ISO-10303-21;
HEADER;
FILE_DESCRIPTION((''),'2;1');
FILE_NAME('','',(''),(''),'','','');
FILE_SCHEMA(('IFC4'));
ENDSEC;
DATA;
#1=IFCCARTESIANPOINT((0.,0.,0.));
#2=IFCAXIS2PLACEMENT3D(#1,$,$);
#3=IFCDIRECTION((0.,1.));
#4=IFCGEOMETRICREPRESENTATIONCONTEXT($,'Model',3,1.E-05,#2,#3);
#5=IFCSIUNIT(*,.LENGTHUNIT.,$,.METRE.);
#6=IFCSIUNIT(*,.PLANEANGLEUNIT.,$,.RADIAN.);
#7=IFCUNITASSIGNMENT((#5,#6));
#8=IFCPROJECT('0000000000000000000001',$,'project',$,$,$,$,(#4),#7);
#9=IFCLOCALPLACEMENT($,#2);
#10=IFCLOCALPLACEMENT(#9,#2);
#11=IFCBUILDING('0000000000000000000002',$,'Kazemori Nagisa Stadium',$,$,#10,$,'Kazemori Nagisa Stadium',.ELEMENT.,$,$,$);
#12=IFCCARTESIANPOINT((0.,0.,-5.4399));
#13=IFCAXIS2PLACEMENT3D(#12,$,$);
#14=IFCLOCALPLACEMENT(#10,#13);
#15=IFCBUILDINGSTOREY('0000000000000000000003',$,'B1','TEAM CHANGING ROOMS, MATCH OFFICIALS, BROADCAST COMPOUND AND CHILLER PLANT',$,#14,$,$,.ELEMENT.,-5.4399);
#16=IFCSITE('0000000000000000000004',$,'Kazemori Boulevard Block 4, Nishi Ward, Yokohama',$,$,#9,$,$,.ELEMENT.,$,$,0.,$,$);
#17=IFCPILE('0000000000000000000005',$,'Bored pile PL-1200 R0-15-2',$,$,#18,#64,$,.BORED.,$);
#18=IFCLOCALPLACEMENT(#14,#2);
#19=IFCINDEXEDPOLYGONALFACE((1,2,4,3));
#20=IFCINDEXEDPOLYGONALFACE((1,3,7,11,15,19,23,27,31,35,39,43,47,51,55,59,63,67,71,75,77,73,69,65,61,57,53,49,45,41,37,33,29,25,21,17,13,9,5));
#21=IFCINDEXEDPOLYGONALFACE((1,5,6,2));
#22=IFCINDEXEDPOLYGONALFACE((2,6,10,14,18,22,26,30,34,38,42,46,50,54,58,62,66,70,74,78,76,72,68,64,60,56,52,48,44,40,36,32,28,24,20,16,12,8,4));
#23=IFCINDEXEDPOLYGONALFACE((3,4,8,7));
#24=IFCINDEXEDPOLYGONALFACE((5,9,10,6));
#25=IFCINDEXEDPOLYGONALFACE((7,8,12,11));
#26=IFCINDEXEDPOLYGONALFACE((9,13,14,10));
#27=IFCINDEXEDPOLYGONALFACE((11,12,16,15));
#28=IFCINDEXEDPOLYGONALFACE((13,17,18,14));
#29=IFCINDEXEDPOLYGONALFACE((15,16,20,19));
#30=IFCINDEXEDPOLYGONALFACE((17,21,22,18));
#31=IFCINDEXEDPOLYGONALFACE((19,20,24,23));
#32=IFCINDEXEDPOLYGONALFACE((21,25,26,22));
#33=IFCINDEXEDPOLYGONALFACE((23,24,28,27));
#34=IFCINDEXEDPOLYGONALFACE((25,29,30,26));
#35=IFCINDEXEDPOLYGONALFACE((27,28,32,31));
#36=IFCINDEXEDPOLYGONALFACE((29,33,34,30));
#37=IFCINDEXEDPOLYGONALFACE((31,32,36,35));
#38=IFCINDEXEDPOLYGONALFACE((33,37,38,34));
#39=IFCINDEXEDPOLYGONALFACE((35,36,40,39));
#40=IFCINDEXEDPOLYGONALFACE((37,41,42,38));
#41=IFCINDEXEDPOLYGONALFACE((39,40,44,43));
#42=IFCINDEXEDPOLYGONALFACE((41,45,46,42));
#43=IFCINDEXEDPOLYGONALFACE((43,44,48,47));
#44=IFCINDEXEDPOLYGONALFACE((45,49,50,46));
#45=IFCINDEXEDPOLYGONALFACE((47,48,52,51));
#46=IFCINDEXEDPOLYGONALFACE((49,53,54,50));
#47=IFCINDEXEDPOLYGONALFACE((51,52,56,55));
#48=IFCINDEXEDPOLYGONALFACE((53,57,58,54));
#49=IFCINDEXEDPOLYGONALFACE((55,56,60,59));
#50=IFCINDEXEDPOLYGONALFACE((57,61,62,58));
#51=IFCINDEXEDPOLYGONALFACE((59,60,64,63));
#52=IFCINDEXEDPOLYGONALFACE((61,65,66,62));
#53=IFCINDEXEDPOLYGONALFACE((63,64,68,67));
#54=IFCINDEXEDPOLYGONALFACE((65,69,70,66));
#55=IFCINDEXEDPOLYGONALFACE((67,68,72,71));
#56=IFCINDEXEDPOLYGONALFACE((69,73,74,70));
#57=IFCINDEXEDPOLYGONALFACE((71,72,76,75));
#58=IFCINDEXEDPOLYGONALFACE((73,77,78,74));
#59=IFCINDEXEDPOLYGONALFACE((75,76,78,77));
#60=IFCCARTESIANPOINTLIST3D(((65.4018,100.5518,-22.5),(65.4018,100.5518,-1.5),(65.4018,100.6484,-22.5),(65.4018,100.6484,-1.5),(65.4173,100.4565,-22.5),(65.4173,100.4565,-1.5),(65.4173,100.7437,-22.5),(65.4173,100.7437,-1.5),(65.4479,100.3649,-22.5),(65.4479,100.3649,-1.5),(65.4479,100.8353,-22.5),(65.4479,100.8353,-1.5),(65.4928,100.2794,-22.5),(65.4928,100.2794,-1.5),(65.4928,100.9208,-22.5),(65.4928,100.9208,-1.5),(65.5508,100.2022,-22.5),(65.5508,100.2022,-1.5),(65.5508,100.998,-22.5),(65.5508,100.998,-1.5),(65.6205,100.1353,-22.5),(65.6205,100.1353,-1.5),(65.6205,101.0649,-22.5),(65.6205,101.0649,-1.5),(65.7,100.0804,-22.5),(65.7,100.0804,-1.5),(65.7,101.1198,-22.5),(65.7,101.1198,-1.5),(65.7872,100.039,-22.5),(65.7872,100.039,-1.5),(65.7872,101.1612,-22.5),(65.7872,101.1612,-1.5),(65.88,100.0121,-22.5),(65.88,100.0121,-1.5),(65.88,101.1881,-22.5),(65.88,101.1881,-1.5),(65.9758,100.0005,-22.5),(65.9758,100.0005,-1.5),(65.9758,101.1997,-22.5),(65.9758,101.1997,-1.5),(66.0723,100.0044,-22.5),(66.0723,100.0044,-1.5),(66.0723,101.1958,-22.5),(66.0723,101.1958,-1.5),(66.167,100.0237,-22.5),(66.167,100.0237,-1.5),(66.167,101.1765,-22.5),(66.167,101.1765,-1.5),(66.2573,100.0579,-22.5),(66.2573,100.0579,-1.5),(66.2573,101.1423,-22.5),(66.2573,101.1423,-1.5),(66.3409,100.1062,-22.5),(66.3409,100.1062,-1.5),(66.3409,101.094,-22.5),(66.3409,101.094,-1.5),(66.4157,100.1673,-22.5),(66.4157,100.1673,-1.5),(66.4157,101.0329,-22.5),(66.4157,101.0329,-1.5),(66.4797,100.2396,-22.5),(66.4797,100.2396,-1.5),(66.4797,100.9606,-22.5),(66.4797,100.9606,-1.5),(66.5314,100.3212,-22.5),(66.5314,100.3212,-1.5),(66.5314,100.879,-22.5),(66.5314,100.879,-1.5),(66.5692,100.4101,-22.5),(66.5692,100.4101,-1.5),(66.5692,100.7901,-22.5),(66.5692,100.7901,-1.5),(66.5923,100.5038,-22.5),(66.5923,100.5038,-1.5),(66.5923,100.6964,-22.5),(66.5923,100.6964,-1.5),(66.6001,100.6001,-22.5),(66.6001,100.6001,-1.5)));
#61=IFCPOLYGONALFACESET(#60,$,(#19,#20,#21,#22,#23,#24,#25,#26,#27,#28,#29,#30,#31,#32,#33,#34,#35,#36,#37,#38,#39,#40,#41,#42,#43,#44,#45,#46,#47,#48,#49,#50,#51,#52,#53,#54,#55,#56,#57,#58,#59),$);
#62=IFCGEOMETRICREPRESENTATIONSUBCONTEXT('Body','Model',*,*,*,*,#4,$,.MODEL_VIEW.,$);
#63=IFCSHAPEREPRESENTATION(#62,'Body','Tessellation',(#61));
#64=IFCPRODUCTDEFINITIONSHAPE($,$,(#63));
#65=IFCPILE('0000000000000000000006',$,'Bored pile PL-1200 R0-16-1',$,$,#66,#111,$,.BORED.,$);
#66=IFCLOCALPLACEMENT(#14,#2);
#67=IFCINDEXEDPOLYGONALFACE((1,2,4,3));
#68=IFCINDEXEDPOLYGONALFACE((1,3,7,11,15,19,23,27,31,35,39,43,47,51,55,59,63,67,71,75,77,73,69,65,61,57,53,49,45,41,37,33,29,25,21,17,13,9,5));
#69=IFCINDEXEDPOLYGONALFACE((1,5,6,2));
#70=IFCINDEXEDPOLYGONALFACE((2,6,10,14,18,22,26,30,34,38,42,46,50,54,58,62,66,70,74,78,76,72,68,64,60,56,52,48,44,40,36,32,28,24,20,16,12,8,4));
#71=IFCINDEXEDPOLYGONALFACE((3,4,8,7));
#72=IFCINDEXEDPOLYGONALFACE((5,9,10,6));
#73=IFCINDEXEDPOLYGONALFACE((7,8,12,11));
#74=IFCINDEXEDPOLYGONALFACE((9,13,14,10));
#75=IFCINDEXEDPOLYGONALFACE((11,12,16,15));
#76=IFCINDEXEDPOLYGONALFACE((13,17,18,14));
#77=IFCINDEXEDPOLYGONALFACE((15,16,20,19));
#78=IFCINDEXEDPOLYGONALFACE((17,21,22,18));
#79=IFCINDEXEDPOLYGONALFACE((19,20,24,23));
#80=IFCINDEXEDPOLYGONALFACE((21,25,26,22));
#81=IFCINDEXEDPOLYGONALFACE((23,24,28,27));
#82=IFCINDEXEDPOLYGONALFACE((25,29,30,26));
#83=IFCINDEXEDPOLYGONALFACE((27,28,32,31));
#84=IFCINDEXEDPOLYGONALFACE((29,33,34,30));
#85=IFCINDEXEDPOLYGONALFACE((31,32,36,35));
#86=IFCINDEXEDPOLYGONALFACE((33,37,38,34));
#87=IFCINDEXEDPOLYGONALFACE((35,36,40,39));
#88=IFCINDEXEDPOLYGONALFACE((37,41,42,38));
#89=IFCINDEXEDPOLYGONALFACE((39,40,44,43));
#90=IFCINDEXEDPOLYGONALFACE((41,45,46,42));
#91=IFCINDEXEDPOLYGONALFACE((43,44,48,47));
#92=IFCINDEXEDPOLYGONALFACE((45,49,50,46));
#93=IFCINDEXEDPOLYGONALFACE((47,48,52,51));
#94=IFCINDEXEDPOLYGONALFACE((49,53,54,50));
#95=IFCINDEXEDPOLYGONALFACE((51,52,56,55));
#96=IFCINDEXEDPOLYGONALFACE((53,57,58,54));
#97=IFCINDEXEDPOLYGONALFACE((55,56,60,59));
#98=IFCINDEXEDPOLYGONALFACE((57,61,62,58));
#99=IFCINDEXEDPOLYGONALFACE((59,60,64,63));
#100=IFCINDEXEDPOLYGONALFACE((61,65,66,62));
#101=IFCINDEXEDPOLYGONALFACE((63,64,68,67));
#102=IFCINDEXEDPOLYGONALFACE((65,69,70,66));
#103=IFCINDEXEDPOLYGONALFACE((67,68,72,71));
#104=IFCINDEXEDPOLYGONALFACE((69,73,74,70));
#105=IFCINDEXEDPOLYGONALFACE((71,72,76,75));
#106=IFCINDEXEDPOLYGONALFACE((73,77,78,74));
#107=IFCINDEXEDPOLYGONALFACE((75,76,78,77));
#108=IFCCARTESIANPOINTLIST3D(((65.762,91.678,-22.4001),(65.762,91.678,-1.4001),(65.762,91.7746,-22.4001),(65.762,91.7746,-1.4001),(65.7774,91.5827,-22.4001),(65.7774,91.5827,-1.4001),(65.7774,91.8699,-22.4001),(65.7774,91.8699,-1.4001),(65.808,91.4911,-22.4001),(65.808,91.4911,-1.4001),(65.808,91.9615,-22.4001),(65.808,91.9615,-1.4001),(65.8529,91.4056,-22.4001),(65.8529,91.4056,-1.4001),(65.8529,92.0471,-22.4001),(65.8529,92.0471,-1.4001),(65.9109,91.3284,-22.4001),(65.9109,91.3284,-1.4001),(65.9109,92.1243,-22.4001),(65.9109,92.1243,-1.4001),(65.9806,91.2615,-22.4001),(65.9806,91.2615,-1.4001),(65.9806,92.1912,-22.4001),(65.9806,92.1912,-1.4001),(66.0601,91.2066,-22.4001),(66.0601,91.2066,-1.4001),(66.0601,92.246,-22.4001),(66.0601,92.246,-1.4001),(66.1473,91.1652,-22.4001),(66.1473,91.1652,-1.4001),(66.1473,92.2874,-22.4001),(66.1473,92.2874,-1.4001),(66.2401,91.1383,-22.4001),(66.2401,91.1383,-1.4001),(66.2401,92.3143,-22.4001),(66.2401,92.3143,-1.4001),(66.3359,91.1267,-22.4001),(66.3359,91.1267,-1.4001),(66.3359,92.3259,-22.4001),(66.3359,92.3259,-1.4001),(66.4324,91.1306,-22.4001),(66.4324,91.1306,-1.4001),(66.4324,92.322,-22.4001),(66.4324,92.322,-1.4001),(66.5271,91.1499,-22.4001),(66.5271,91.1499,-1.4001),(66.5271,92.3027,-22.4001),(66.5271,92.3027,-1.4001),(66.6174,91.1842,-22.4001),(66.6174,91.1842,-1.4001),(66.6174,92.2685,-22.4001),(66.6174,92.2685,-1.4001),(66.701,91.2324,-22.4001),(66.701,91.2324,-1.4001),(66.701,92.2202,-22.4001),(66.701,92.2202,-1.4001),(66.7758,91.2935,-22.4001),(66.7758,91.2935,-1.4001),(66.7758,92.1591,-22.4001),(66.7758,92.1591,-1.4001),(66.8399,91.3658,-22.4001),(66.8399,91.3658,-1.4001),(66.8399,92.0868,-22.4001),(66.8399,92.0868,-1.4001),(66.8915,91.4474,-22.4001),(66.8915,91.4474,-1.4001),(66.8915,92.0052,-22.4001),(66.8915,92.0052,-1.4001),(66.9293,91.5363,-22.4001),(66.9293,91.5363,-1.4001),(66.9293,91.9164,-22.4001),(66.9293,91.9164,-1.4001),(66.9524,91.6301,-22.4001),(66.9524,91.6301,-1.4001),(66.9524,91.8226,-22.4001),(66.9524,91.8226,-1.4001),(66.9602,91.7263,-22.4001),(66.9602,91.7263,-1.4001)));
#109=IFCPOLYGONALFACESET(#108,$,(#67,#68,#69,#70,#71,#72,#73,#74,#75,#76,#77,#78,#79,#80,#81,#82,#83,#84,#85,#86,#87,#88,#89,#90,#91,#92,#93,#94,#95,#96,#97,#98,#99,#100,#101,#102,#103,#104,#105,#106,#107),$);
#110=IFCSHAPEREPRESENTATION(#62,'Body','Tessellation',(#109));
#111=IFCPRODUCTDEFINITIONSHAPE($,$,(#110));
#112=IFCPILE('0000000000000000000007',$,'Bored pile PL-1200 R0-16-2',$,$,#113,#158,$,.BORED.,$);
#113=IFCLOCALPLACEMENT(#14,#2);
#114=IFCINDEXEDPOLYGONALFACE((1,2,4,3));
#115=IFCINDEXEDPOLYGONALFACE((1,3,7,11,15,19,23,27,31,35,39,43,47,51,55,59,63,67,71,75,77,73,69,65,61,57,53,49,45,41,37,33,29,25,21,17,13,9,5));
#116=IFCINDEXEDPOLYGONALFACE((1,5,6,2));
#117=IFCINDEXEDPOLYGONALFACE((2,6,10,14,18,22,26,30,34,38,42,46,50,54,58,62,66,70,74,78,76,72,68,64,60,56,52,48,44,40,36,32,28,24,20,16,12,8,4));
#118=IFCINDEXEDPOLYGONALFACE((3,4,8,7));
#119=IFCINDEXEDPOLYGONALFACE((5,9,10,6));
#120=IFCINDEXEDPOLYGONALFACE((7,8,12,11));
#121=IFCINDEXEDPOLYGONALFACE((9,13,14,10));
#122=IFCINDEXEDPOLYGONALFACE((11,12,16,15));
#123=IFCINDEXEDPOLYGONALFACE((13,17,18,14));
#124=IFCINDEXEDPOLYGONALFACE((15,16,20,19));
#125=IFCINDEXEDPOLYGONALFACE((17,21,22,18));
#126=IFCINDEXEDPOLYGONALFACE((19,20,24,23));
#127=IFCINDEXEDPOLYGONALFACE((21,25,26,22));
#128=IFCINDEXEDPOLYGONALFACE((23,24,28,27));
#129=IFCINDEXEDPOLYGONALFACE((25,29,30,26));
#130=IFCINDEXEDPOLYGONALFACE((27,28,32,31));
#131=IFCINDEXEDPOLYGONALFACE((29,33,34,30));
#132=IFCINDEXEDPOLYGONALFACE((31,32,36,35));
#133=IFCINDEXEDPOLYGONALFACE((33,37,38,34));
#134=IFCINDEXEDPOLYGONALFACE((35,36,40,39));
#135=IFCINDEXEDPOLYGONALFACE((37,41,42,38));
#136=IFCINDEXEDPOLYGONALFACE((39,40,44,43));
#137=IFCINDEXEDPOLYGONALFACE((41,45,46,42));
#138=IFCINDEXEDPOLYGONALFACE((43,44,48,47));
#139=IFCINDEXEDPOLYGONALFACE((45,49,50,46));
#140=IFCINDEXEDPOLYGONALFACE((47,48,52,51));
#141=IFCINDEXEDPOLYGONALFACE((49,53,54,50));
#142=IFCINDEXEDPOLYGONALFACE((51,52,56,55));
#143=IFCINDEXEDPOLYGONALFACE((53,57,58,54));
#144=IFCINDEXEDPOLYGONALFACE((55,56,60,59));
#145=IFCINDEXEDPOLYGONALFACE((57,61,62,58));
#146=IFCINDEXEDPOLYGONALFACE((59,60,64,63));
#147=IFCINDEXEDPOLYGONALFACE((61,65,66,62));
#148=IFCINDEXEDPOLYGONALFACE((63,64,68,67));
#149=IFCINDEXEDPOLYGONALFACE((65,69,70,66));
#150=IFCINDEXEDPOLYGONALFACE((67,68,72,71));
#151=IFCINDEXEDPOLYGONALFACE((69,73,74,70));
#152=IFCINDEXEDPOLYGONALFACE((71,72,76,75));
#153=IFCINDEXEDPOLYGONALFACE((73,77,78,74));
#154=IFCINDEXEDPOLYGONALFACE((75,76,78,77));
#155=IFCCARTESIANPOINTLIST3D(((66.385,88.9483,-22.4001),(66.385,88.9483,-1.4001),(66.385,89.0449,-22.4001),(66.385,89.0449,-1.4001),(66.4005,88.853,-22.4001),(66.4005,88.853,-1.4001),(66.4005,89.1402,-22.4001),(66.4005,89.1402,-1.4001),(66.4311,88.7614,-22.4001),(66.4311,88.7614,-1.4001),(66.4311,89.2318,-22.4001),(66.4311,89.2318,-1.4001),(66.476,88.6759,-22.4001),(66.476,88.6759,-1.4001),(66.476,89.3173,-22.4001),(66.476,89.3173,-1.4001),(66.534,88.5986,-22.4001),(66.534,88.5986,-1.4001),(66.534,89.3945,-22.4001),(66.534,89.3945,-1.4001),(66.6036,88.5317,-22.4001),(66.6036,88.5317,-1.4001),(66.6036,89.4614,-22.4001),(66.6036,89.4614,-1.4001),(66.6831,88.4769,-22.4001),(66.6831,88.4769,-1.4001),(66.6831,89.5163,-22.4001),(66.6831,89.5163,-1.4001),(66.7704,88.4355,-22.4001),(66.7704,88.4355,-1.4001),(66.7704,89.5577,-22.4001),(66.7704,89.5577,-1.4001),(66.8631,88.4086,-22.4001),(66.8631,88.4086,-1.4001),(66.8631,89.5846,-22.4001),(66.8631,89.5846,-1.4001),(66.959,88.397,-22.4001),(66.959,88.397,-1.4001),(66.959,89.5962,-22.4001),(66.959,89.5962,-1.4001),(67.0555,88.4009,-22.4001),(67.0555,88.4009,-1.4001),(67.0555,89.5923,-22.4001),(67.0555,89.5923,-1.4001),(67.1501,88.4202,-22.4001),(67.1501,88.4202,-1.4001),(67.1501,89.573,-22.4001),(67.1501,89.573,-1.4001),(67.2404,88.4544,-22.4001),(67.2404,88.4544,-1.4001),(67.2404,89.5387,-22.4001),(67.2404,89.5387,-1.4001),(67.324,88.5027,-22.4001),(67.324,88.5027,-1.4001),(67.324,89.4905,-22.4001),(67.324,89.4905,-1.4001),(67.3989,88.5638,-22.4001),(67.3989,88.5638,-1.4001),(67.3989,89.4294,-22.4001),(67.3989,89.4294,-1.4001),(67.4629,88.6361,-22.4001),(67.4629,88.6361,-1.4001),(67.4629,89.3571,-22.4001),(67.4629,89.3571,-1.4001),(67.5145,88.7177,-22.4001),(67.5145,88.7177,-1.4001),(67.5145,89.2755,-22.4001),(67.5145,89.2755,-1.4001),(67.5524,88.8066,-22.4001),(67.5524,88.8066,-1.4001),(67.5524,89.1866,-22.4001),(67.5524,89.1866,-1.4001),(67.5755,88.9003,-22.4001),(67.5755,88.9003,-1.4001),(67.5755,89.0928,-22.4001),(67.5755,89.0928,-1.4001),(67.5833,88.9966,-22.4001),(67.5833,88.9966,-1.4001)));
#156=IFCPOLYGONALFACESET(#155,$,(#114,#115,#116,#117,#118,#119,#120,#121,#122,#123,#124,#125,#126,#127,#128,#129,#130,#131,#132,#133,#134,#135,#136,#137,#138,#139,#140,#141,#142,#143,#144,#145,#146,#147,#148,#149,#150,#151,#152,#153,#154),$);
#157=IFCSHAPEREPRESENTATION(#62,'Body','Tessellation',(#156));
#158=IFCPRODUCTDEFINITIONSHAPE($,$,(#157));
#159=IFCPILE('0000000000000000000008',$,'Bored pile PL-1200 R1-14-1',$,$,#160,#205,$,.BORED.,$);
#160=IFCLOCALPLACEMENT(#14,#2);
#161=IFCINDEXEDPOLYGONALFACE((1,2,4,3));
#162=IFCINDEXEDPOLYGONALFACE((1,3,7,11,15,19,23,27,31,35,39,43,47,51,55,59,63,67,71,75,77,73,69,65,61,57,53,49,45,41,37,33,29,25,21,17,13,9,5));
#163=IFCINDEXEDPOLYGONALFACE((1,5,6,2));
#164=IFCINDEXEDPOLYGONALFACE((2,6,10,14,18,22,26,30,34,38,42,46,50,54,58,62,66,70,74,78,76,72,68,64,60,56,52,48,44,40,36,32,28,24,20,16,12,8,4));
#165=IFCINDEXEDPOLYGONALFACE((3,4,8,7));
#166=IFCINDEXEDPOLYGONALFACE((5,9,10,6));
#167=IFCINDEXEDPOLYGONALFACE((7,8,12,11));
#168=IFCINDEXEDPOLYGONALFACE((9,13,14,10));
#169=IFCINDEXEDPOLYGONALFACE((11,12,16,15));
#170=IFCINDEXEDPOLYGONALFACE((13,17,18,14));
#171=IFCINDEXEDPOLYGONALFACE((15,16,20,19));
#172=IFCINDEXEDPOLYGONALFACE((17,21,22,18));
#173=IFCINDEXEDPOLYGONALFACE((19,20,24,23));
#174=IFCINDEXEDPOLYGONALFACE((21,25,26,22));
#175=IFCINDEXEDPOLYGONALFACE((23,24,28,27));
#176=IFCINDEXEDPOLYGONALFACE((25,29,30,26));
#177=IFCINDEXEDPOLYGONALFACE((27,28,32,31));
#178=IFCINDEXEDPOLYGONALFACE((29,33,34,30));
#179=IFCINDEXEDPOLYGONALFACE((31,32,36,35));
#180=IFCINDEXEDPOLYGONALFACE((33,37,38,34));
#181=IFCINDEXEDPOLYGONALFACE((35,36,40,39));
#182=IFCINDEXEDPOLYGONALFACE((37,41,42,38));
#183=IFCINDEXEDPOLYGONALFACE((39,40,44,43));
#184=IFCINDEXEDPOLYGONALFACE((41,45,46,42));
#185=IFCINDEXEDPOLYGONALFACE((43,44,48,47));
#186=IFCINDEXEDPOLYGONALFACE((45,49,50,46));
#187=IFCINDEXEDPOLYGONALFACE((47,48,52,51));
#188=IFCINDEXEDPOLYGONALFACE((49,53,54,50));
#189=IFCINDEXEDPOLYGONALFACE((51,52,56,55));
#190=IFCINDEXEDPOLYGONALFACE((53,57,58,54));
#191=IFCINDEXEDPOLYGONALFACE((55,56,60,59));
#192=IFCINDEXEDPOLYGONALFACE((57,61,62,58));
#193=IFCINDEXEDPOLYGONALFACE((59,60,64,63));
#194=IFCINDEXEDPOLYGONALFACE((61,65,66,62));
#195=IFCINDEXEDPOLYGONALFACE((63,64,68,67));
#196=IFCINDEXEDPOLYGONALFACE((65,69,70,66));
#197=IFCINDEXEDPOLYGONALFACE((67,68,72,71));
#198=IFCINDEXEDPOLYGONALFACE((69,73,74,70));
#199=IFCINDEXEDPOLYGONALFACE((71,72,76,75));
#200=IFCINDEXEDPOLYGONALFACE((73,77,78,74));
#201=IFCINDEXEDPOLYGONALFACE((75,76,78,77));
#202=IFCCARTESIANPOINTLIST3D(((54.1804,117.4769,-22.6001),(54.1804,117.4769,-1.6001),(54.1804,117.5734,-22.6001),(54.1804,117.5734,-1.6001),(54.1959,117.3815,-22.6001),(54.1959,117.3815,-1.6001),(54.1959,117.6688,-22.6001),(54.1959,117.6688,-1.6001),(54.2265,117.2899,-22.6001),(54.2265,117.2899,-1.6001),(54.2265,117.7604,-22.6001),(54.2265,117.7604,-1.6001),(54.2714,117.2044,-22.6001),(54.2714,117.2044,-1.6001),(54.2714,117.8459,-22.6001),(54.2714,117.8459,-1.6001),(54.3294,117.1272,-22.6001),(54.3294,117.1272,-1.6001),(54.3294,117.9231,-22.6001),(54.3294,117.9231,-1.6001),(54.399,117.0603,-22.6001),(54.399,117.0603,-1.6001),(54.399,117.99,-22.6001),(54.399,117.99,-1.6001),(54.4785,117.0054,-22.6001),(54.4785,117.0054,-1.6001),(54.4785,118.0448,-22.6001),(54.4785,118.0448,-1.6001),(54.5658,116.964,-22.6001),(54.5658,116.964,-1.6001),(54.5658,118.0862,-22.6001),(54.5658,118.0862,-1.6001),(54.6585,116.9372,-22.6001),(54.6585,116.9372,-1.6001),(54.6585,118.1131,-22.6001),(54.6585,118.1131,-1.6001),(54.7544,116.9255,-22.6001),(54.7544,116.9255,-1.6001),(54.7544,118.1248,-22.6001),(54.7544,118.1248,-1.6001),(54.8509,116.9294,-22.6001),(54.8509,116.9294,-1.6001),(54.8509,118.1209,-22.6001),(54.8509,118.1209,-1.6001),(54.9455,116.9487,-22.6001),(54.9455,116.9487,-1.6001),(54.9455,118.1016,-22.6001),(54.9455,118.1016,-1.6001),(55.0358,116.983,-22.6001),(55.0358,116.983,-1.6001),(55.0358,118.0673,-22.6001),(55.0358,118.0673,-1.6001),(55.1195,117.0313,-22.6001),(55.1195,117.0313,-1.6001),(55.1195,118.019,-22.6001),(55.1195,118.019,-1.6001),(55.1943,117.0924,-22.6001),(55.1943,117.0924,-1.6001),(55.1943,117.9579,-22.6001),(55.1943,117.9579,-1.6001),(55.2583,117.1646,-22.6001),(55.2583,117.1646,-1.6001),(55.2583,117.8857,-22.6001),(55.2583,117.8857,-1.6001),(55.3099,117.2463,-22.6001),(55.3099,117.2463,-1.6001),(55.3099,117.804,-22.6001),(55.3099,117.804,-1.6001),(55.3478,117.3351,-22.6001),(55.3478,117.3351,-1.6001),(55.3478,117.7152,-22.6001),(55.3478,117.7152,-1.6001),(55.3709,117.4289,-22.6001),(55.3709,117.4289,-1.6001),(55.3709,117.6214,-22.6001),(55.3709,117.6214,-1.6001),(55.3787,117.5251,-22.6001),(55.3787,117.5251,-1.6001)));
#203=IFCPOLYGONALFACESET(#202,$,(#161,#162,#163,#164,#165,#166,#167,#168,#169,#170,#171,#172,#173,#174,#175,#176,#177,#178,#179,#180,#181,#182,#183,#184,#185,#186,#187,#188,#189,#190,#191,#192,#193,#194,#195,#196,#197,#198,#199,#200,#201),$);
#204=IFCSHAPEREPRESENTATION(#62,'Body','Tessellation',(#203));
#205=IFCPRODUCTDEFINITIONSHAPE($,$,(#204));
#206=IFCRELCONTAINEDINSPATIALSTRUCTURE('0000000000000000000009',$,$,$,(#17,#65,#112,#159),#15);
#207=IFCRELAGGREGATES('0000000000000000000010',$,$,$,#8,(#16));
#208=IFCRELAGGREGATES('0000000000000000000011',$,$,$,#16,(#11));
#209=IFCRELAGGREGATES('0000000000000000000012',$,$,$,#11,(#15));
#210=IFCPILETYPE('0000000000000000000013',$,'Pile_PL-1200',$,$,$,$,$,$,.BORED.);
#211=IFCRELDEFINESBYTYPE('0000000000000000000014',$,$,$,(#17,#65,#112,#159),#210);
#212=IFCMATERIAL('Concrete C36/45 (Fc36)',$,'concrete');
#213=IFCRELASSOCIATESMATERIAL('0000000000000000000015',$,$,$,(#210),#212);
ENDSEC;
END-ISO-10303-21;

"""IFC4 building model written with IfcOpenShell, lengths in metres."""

from ifc_helpers import new_model, si_unit, direction, frame, origin, origin_2d, place, context, subcontext, project, spatial, circle, extrude, material, material_profile, profile_set, type_object, element, save


model = new_model("IFC4")

# Units and contexts
model_context = context("Model", 3, precision=1e-05, world=origin(), true_north=direction((0.0, 1.0)))
body_context = subcontext(model_context, "Body", "Model", "MODEL_VIEW")
ifc_project = project(units=[si_unit("LENGTHUNIT", "METRE"), si_unit("PLANEANGLEUNIT", "RADIAN")], contexts=[model_context])

# Site, building, storey
site_placement = place(None, origin())
site = spatial("IfcSite", under=ifc_project, at=site_placement, Name="Kazemori Boulevard Block 4, Nishi Ward, Yokohama", CompositionType="ELEMENT", RefElevation=0.0)
building_placement = place(site_placement, origin())
building = spatial("IfcBuilding", under=site, at=building_placement, Name="Kazemori Nagisa Stadium", LongName="Kazemori Nagisa Stadium", CompositionType="ELEMENT")
storey_placement = place(building_placement, frame((0.0, 0.0, -5.4399)))
storey = spatial("IfcBuildingStorey", under=building, at=storey_placement, Name="B1", Description="TEAM CHANGING ROOMS, MATCH OFFICIALS, BROADCAST COMPOUND AND CHILLER PLANT", CompositionType="ELEMENT", Elevation=-5.4399)

# Piles
ifc_material_1 = material(Name="Concrete C36/45 (Fc36)", Category="concrete")
ifc_material_profile_1 = material_profile(ifc_material_1, circle(Radius=0.6001, at=origin_2d()), Name="PILE-D1200")
ifc_profile_set_1 = profile_set([ifc_material_profile_1], Name="Concrete C36/45 (Fc36)")
pile_type = type_object("IfcPileType", Name="Pile_PL-1200", PredefinedType="BORED", material=ifc_profile_set_1)
for number, where, z_axis, x_axis, name in (
    (1, (66.0, 100.6001, -1.5), (0.0, 0.0, -1.0), (1.0, 0.0, 0.0), "Bored pile PL-1200 R0-15-2"),
    (2, (66.3601, 91.7263, -1.4001), (0.0, 0.0, -1.0), (1.0, 0.0, 0.0), "Bored pile PL-1200 R0-16-1"),
    (3, (66.9832, 88.9966, -1.4001), (0.0, 0.0, -1.0), (1.0, 0.0, 0.0), "Bored pile PL-1200 R0-16-2"),
    (4, (54.7786, 117.5251, -1.6001), (0.0, 0.0, -1.0), (1.0, 0.0, 0.0), "Bored pile PL-1200 R1-14-1"),
):
    element("IfcPile", number, at=place(storey_placement, frame(where, z_axis=z_axis, x_axis=x_axis)), inside=storey, type_object=pile_type, Name=name, PredefinedType="BORED", context=body_context, shape_type="SweptSolid", body=[
        extrude(circle(Radius=0.6001, at=origin_2d()), origin(), (0.0, 0.0, 1.0), 21.0),
    ])

save(model, "model.ifc")
